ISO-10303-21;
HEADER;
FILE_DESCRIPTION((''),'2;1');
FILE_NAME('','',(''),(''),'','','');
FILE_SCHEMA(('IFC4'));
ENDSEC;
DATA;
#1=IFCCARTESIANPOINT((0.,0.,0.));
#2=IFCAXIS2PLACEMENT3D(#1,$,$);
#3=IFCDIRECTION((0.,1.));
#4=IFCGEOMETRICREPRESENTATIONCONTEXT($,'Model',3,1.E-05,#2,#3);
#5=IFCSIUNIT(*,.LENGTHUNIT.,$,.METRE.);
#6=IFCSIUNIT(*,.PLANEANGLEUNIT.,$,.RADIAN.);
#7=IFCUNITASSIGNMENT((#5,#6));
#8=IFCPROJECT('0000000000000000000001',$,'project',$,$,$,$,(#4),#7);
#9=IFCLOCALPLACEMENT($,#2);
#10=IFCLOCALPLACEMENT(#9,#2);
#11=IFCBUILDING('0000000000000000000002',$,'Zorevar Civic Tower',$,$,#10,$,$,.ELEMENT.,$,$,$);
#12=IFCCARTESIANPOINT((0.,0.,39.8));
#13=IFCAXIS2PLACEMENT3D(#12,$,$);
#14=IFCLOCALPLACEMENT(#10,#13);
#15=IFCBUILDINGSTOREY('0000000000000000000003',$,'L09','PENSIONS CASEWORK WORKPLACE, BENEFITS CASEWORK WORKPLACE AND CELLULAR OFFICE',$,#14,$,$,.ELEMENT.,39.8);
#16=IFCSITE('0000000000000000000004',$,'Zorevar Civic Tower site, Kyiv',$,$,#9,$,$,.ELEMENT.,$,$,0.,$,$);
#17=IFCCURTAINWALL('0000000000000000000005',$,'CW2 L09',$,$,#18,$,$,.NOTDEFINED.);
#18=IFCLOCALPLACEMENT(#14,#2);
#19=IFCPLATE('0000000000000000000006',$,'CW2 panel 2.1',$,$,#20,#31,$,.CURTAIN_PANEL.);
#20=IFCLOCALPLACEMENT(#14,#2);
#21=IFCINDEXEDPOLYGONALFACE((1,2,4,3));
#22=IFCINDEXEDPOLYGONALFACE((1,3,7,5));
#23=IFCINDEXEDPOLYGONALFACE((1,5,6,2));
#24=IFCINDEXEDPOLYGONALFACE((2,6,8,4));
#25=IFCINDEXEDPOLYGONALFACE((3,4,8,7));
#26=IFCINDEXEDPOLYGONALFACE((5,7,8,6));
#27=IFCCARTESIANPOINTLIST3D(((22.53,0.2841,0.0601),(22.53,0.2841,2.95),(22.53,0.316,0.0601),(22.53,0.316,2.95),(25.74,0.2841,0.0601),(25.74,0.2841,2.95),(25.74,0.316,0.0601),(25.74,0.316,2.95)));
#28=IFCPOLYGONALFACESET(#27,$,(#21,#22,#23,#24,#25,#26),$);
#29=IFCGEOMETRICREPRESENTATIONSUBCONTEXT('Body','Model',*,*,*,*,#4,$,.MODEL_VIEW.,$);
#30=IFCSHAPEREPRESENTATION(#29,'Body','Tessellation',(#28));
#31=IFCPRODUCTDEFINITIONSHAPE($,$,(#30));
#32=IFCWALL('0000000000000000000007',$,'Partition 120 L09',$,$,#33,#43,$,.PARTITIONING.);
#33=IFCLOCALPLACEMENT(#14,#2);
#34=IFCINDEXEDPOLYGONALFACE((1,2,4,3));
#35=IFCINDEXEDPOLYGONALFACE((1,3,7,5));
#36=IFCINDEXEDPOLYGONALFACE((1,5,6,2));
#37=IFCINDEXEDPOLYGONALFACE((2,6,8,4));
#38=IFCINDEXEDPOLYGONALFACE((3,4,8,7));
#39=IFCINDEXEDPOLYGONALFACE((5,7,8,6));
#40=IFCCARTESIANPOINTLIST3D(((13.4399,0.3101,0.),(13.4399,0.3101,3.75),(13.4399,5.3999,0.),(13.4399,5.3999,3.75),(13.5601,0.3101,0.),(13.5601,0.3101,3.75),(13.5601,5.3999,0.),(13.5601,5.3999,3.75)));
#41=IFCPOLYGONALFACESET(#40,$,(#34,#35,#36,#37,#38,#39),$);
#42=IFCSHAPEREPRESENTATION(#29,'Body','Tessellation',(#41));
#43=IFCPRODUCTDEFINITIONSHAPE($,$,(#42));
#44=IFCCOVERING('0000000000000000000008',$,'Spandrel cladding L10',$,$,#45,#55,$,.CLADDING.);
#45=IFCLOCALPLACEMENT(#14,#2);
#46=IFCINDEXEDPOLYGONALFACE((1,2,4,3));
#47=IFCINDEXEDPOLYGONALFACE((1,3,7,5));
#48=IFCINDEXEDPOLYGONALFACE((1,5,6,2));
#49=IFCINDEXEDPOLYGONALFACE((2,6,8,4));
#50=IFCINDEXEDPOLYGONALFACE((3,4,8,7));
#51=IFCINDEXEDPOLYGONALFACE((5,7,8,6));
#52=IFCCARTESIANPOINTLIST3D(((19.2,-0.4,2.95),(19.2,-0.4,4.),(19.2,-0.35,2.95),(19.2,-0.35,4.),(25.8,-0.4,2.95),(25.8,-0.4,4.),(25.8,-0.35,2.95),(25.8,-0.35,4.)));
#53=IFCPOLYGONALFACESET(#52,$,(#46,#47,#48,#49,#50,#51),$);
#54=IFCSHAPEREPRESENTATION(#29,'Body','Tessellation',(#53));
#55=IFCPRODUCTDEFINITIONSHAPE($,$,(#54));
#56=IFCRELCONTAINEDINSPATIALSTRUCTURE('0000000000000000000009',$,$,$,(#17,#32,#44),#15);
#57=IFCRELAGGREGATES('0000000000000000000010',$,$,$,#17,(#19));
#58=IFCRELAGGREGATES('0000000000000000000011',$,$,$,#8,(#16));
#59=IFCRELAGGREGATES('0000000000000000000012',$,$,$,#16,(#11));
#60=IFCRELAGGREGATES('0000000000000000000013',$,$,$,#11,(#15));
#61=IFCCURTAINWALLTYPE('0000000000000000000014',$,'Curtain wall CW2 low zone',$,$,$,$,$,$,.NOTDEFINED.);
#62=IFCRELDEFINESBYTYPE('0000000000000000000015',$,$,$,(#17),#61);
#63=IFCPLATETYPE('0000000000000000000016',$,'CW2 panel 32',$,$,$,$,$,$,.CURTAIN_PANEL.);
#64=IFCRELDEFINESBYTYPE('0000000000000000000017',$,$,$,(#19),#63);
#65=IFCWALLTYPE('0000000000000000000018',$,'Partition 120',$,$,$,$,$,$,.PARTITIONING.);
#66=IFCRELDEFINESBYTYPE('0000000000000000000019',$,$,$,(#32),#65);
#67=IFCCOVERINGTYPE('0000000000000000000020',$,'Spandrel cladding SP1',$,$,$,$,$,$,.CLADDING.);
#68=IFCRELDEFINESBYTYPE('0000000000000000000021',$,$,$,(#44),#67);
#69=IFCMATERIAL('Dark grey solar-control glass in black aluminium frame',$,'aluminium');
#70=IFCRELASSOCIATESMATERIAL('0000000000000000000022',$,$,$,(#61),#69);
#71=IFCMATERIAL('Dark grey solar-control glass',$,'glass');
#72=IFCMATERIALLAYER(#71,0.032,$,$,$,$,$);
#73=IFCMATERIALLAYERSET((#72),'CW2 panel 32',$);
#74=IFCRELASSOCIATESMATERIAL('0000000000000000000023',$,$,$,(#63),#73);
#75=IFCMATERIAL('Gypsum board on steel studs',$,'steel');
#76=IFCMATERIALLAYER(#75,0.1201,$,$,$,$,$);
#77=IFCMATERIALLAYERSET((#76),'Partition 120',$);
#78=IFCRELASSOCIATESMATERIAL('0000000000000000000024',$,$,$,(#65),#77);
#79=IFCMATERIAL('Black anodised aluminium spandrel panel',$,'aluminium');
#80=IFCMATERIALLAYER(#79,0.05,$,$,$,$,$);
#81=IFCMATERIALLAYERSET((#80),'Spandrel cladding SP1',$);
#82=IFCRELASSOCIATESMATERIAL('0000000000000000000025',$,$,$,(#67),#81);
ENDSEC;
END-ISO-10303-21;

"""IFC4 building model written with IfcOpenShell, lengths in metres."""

from ifc_helpers import new_model, si_unit, direction, frame, frame_2d, origin, origin_2d, place, context, subcontext, project, spatial, rectangle, extrude, material, layer, layer_set, type_object, element, aggregate, save


model = new_model("IFC4")

# Units and contexts
model_context = context("Model", 3, precision=1e-05, world=origin(), true_north=direction((0.0, 1.0)))
body_context = subcontext(model_context, "Body", "Model", "MODEL_VIEW")
ifc_project = project(units=[si_unit("LENGTHUNIT", "METRE"), si_unit("PLANEANGLEUNIT", "RADIAN")], contexts=[model_context])

# Site, building, storey
site_placement = place(None, origin())
site = spatial("IfcSite", under=ifc_project, at=site_placement, Name="Zorevar Civic Tower site, Kyiv", CompositionType="ELEMENT", RefElevation=0.0)
building_placement = place(site_placement, origin())
building = spatial("IfcBuilding", under=site, at=building_placement, Name="Zorevar Civic Tower", CompositionType="ELEMENT")
storey_placement = place(building_placement, frame((0.0, 0.0, 39.8)))
storey = spatial("IfcBuildingStorey", under=building, at=storey_placement, Name="L09", Description="PENSIONS CASEWORK WORKPLACE, BENEFITS CASEWORK WORKPLACE AND CELLULAR OFFICE", CompositionType="ELEMENT", Elevation=39.8)

# Curtain wall
ifc_material_1 = material(Name="Dark grey solar-control glass in black aluminium frame", Category="aluminium")
curtain_wall_type = type_object("IfcCurtainWallType", Name="Curtain wall CW2 low zone", PredefinedType="NOTDEFINED", material=ifc_material_1)
curtain_wall_1_placement = place(storey_placement, origin())
curtain_wall_1 = element("IfcCurtainWall", 1, at=curtain_wall_1_placement, inside=storey, type_object=curtain_wall_type, Name="CW2 L09", PredefinedType="NOTDEFINED")

# Plate
ifc_material_2 = material(Name="Dark grey solar-control glass", Category="glass")
ifc_layer_1 = layer(ifc_material_2, 0.032)
ifc_layer_set_1 = layer_set([ifc_layer_1], Name="CW2 panel 32")
plate_type = type_object("IfcPlateType", Name="CW2 panel 32", PredefinedType="CURTAIN_PANEL", material=ifc_layer_set_1)
plate_1_placement = place(storey_placement, frame((24.135, 0.3, 0.0601), z_axis=(0.0, 0.0, 1.0), x_axis=(1.0, 0.0, 0.0)))
plate_1 = element("IfcPlate", 2, at=plate_1_placement, type_object=plate_type, Name="CW2 panel 2.1", PredefinedType="CURTAIN_PANEL", context=body_context, shape_type="SweptSolid", body=[
    extrude(rectangle(XDim=3.21, YDim=0.032, at=origin_2d()), origin(), (0.0, 0.0, 1.0), 2.8899),
])
aggregate(curtain_wall_1, [plate_1])

# Wall
ifc_material_3 = material(Name="Gypsum board on steel studs", Category="steel")
ifc_layer_2 = layer(ifc_material_3, 0.1201)
ifc_layer_set_2 = layer_set([ifc_layer_2], Name="Partition 120")
wall_type = type_object("IfcWallType", Name="Partition 120", PredefinedType="PARTITIONING", material=ifc_layer_set_2)
wall_placement = place(storey_placement, frame((13.5, 0.3101, 0.0), z_axis=(0.0, 0.0, 1.0), x_axis=(0.0, 1.0, 0.0)))
element("IfcWall", 3, at=wall_placement, inside=storey, type_object=wall_type, Name="Partition 120 L09", PredefinedType="PARTITIONING", context=body_context, shape_type="SweptSolid", body=[
    extrude(rectangle(XDim=5.0898, YDim=0.1201, at=frame_2d((2.5449, 0.0))), origin(), (0.0, 0.0, 1.0), 3.75),
])

# Covering
ifc_material_4 = material(Name="Black anodised aluminium spandrel panel", Category="aluminium")
ifc_layer_3 = layer(ifc_material_4, 0.05)
ifc_layer_set_3 = layer_set([ifc_layer_3], Name="Spandrel cladding SP1")
covering_type = type_object("IfcCoveringType", Name="Spandrel cladding SP1", PredefinedType="CLADDING", material=ifc_layer_set_3)
covering_placement = place(storey_placement, frame((19.2, -0.375, 2.95), z_axis=(0.0, 0.0, 1.0), x_axis=(1.0, 0.0, 0.0)))
element("IfcCovering", 4, at=covering_placement, inside=storey, type_object=covering_type, Name="Spandrel cladding L10", PredefinedType="CLADDING", context=body_context, shape_type="SweptSolid", body=[
    extrude(rectangle(XDim=6.6001, YDim=0.05, at=frame_2d((3.3, 0.0))), origin(), (0.0, 0.0, 1.0), 1.05),
])

save(model, "model.ifc")
